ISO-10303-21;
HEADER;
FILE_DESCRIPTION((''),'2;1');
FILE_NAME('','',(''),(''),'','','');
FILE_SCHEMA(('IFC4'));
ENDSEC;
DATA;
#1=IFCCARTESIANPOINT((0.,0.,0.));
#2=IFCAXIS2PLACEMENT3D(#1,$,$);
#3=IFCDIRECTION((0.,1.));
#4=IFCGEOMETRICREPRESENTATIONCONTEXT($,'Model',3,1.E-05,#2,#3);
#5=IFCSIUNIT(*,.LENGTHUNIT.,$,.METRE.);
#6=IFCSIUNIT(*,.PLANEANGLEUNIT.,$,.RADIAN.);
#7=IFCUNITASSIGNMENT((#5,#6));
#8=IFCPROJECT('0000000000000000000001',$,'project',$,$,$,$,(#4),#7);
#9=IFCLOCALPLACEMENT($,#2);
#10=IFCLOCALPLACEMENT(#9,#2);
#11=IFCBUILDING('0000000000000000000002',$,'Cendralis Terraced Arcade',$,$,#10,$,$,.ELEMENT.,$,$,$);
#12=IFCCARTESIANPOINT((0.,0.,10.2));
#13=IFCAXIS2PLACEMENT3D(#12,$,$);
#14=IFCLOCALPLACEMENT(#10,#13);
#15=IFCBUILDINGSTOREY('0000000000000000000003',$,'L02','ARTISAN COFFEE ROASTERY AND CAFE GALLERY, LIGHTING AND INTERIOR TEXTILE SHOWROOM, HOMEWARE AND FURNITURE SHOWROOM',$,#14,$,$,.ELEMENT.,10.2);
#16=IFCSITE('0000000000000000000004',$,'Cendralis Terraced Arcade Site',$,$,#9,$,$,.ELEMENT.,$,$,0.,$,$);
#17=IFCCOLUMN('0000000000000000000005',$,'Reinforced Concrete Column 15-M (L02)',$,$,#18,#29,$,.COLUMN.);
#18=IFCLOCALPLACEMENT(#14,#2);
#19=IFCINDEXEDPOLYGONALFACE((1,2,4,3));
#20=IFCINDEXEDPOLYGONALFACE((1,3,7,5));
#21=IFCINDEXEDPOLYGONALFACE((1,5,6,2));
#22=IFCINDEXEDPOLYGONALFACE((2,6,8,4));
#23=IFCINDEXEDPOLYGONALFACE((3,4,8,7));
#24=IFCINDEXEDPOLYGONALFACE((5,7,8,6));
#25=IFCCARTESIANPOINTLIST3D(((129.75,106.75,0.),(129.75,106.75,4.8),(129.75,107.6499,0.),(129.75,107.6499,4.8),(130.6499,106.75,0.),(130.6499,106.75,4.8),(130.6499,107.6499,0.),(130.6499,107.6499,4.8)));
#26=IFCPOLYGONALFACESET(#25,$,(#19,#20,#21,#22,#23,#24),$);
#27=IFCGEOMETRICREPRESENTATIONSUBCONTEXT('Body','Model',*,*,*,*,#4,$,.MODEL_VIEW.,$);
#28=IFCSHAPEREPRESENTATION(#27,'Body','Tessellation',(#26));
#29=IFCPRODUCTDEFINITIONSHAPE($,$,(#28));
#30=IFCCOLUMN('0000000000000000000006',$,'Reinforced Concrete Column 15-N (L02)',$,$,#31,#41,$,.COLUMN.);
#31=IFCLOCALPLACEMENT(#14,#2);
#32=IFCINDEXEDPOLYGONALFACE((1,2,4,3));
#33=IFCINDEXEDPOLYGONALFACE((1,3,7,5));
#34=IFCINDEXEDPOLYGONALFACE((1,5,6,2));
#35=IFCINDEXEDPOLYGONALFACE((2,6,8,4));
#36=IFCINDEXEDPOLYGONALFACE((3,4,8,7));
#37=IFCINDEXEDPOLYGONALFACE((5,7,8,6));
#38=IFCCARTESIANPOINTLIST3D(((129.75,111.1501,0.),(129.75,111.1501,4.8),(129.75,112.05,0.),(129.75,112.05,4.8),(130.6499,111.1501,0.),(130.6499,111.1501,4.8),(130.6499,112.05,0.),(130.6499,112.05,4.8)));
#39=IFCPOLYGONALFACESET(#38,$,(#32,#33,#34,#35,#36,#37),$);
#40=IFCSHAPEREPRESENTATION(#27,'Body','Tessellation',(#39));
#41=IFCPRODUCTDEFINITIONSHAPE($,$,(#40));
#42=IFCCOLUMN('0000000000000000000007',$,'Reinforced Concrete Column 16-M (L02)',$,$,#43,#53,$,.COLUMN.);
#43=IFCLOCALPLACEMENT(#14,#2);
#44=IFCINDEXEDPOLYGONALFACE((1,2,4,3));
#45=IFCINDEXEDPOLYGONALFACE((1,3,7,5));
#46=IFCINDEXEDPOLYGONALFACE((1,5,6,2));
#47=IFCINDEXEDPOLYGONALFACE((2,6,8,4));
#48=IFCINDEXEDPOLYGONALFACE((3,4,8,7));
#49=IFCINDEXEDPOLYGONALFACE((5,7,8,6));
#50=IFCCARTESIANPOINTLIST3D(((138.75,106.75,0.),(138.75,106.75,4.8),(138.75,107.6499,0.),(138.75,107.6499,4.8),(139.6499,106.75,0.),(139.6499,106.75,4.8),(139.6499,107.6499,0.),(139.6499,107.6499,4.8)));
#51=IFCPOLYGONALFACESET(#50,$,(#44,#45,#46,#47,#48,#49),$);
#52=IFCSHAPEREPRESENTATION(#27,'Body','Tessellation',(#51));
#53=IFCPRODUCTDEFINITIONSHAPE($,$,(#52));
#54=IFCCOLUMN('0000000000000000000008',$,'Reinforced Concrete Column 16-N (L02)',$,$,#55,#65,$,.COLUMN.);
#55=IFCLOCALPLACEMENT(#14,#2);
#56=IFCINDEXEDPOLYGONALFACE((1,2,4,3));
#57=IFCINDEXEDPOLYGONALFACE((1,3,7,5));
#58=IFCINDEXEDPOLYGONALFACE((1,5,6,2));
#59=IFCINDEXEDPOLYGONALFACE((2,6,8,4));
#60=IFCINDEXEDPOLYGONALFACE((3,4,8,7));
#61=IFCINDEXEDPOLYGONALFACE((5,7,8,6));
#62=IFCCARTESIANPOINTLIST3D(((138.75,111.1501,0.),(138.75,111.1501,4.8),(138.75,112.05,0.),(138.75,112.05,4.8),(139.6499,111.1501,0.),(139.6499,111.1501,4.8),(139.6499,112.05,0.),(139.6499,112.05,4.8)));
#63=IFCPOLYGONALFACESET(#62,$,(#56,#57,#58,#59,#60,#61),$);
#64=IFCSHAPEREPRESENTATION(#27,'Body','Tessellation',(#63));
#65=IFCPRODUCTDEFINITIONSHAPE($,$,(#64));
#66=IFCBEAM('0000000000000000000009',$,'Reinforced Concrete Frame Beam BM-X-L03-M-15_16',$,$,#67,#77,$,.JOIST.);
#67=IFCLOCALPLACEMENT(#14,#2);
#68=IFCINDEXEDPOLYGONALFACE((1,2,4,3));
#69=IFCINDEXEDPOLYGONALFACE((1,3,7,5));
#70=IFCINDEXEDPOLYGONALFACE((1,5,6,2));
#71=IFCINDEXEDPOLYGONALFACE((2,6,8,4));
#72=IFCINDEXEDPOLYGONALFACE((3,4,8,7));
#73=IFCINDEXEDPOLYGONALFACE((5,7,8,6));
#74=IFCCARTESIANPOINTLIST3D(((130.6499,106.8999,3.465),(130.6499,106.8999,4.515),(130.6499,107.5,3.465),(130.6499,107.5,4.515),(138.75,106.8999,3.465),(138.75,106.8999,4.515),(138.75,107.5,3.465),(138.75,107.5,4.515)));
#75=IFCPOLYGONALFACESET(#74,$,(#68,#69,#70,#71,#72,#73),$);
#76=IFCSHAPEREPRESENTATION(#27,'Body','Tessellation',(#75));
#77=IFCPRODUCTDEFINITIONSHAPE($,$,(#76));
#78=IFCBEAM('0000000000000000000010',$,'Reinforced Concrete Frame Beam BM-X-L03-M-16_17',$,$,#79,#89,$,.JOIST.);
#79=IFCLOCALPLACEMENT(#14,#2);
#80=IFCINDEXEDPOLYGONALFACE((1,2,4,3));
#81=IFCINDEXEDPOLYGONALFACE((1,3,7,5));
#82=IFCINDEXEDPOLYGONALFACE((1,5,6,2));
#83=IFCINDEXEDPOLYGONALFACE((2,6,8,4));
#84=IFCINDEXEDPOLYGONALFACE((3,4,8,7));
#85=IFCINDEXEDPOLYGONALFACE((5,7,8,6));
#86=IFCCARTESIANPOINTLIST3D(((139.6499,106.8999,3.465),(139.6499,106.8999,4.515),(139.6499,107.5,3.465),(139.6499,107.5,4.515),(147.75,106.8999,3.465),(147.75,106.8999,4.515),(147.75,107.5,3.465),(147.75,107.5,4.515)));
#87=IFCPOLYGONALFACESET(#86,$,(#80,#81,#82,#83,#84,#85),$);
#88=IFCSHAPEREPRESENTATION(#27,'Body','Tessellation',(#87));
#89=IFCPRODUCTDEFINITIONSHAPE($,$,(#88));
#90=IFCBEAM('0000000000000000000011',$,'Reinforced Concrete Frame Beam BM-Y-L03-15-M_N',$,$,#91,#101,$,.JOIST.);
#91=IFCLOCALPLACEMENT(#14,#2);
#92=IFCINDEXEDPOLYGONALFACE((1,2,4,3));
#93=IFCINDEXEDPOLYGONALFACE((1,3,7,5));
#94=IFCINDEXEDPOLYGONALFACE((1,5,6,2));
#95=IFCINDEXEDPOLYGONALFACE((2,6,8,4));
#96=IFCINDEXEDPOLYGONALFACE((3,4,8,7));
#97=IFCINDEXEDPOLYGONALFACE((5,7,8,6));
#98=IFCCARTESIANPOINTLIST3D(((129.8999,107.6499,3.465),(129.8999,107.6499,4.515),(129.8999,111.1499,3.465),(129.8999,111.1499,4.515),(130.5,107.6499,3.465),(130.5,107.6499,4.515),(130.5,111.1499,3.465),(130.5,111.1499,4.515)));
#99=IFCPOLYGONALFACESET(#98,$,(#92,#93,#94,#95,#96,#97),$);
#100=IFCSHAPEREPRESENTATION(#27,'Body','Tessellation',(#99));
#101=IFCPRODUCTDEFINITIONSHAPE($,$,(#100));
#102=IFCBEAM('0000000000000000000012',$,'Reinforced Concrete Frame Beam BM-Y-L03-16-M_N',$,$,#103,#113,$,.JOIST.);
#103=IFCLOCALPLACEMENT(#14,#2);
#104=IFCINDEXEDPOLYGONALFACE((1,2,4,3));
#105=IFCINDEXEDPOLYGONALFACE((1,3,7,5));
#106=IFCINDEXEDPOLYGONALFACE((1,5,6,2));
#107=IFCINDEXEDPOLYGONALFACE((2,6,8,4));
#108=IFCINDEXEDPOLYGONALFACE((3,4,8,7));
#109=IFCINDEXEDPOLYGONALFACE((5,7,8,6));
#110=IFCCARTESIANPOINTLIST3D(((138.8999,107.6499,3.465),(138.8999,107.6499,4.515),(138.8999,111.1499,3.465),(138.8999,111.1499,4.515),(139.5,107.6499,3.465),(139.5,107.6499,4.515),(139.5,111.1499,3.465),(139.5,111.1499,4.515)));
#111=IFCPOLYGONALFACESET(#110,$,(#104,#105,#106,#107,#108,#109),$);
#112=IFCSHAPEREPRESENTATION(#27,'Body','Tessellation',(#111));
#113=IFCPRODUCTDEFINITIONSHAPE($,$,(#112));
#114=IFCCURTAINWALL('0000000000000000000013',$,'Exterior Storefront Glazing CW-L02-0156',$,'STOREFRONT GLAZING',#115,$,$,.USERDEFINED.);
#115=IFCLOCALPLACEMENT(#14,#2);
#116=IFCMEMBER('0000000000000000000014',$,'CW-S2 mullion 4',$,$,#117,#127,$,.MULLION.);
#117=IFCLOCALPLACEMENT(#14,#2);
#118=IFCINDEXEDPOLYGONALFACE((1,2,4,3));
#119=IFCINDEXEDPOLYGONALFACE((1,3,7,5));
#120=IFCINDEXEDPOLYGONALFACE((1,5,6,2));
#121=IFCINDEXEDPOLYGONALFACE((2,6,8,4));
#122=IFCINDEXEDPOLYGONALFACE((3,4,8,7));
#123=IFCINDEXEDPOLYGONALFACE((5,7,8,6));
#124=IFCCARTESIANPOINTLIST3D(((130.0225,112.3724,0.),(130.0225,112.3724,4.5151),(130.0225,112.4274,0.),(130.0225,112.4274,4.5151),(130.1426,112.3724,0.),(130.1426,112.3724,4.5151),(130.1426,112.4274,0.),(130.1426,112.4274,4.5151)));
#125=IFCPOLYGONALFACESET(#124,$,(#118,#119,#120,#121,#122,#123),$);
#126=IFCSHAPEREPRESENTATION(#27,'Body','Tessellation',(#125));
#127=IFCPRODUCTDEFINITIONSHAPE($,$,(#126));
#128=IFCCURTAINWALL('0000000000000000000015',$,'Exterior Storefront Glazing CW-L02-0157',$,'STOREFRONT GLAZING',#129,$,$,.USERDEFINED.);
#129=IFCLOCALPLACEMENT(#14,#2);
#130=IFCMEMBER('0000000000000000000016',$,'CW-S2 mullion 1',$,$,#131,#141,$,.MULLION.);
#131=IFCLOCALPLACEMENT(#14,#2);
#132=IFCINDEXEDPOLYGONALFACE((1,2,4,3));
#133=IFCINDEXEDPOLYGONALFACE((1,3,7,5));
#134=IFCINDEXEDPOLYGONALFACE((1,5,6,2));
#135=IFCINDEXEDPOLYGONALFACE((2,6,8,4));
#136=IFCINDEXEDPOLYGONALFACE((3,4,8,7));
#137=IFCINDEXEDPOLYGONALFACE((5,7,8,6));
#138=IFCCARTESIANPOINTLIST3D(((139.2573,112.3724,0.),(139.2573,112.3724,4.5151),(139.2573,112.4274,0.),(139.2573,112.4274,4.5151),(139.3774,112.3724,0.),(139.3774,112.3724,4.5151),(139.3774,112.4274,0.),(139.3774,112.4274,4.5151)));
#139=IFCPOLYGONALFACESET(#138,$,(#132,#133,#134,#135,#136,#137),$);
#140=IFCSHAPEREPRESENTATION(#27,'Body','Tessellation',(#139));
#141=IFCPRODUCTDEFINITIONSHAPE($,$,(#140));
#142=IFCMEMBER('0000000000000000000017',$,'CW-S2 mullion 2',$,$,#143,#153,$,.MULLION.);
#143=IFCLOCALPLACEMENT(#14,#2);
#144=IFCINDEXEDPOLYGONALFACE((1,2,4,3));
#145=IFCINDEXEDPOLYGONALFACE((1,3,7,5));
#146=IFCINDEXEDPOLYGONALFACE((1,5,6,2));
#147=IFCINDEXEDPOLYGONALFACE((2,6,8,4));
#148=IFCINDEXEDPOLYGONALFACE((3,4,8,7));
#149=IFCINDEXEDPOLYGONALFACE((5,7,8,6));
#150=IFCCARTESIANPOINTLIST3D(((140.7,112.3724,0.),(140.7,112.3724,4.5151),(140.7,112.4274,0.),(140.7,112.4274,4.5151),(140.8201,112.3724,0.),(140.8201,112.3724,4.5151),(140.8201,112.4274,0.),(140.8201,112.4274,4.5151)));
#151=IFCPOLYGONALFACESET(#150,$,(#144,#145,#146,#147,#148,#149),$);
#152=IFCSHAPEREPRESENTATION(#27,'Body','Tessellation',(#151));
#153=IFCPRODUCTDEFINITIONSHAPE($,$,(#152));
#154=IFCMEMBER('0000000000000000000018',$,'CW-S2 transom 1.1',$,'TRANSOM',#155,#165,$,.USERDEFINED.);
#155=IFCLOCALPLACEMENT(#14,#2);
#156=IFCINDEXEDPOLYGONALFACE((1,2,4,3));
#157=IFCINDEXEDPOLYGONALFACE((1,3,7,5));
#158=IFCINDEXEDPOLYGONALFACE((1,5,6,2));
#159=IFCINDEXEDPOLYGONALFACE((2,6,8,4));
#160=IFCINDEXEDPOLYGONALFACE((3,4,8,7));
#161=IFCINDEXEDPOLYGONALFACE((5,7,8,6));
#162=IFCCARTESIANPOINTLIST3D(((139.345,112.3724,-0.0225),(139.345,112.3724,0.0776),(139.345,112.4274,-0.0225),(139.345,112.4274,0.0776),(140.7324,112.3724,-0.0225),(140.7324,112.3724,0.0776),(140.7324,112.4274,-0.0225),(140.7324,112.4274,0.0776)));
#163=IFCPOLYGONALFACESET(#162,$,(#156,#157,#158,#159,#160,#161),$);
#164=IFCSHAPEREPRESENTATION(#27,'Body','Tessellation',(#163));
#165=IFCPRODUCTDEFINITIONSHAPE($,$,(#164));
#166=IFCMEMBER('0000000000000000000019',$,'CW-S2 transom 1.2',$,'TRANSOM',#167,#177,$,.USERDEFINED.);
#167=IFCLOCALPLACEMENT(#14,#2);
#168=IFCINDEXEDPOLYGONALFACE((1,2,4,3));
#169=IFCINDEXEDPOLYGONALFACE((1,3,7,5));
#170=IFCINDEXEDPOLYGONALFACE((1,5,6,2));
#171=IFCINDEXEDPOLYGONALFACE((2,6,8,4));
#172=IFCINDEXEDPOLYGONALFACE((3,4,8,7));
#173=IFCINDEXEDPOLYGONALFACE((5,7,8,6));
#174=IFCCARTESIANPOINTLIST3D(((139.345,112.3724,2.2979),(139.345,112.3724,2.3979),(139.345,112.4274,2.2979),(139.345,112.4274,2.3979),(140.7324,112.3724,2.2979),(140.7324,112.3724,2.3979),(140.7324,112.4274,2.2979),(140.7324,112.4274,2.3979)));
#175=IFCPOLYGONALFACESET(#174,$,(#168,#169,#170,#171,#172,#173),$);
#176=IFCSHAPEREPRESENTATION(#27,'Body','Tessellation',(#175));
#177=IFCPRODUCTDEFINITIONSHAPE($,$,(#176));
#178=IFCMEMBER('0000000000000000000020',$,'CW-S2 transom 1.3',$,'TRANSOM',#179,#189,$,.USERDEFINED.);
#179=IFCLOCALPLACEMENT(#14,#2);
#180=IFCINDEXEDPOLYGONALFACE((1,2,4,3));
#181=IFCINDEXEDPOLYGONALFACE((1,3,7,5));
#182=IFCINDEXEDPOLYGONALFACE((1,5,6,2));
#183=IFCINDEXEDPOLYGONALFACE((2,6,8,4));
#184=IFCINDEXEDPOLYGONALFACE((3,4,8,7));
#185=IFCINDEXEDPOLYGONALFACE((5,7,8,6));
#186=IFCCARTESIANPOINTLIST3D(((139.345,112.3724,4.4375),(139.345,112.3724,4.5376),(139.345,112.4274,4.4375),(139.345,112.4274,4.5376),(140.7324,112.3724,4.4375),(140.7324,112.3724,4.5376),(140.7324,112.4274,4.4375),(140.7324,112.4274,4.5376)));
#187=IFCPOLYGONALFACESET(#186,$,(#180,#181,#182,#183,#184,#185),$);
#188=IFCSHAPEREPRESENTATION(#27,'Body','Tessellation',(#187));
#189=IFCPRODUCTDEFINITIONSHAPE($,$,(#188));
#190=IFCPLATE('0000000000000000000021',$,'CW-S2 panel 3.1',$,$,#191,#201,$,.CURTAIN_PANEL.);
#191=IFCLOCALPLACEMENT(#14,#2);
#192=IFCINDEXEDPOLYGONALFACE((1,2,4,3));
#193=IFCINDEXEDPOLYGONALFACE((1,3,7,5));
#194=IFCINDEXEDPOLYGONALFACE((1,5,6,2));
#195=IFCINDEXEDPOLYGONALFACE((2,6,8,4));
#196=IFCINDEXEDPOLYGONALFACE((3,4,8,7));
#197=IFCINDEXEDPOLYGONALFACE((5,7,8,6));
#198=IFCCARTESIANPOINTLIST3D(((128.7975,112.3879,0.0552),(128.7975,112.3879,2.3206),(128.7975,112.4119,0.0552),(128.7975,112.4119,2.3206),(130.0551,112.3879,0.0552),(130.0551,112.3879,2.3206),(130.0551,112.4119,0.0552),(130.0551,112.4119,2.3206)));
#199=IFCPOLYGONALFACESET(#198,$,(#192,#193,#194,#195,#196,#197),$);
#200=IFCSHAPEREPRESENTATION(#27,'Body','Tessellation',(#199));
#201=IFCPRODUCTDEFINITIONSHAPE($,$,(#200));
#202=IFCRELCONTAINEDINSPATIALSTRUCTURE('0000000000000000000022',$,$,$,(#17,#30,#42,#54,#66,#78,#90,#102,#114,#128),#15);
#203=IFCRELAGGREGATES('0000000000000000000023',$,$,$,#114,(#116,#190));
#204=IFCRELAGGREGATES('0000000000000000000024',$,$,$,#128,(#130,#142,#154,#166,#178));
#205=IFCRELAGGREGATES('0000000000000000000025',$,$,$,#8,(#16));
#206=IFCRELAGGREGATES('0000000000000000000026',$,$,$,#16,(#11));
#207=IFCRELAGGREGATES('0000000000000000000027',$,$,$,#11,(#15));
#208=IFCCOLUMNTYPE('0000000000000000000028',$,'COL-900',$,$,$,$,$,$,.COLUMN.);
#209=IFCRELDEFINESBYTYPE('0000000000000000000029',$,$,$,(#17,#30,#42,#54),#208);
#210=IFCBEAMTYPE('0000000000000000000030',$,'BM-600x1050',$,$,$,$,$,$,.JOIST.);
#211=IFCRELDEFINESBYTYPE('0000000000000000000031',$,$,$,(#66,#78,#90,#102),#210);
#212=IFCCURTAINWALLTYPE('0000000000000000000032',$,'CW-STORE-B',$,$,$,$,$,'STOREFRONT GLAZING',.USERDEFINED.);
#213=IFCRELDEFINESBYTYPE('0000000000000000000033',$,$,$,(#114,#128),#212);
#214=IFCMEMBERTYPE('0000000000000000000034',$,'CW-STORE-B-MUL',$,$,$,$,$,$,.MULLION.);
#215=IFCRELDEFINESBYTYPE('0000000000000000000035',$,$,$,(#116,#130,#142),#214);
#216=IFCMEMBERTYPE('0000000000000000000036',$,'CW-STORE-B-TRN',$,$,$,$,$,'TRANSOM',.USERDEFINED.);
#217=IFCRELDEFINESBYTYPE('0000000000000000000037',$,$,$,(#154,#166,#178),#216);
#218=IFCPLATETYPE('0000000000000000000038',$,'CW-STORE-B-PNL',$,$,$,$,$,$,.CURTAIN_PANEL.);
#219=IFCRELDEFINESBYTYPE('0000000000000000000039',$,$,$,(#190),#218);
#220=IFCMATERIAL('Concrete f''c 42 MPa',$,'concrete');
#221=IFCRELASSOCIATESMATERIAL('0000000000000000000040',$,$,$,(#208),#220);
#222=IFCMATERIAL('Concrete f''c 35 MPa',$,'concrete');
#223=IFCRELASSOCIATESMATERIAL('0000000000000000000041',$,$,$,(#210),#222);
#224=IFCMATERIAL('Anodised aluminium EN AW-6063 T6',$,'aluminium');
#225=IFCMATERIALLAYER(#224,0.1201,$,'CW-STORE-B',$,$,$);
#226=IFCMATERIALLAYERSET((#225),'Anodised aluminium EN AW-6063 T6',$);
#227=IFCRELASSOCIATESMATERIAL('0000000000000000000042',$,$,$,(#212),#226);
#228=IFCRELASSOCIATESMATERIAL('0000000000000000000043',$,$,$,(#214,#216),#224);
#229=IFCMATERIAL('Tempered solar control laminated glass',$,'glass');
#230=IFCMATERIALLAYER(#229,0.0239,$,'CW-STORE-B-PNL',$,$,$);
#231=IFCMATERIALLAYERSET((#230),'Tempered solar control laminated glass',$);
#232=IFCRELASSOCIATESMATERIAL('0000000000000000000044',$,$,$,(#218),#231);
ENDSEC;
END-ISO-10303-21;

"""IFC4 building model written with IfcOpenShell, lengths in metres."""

from ifc_helpers import new_model, si_unit, direction, frame, origin, origin_2d, place, context, subcontext, project, spatial, rectangle, extrude, material, layer, layer_set, material_profile, profile_set, type_object, element, aggregate, save


model = new_model("IFC4")

# Units and contexts
model_context = context("Model", 3, precision=1e-05, world=origin(), true_north=direction((0.0, 1.0)))
body_context = subcontext(model_context, "Body", "Model", "MODEL_VIEW")
ifc_project = project(units=[si_unit("LENGTHUNIT", "METRE"), si_unit("PLANEANGLEUNIT", "RADIAN")], contexts=[model_context])

# Site, building, storey
site_placement = place(None, origin())
site = spatial("IfcSite", under=ifc_project, at=site_placement, Name="Cendralis Terraced Arcade Site", CompositionType="ELEMENT", RefElevation=0.0)
building_placement = place(site_placement, origin())
building = spatial("IfcBuilding", under=site, at=building_placement, Name="Cendralis Terraced Arcade", CompositionType="ELEMENT")
storey_placement = place(building_placement, frame((0.0, 0.0, 10.2)))
storey = spatial("IfcBuildingStorey", under=building, at=storey_placement, Name="L02", Description="ARTISAN COFFEE ROASTERY AND CAFE GALLERY, LIGHTING AND INTERIOR TEXTILE SHOWROOM, HOMEWARE AND FURNITURE SHOWROOM", CompositionType="ELEMENT", Elevation=10.2)

# Columns
ifc_material_1 = material(Name="Concrete f'c 42 MPa", Category="concrete")
ifc_material_profile_1 = material_profile(ifc_material_1, rectangle(XDim=0.8999, YDim=0.8999, at=origin_2d()), Name="RC-COL-900x900", Category="LoadBearing")
ifc_profile_set_1 = profile_set([ifc_material_profile_1], Name="Concrete f'c 42 MPa")
column_type = type_object("IfcColumnType", Name="COL-900", PredefinedType="COLUMN", material=ifc_profile_set_1)
for number, where, z_axis, x_axis, name in (
    (1, (130.2, 107.2, 0.0), (0.0, 0.0, 1.0), (1.0, 0.0, 0.0), "Reinforced Concrete Column 15-M (L02)"),
    (2, (130.2, 111.6001, 0.0), (0.0, 0.0, 1.0), (1.0, 0.0, 0.0), "Reinforced Concrete Column 15-N (L02)"),
    (3, (139.2, 107.2, 0.0), (0.0, 0.0, 1.0), (1.0, 0.0, 0.0), "Reinforced Concrete Column 16-M (L02)"),
    (4, (139.2, 111.6001, 0.0), (0.0, 0.0, 1.0), (1.0, 0.0, 0.0), "Reinforced Concrete Column 16-N (L02)"),
):
    element("IfcColumn", number, at=place(storey_placement, frame(where, z_axis=z_axis, x_axis=x_axis)), inside=storey, type_object=column_type, Name=name, PredefinedType="COLUMN", context=body_context, shape_type="SweptSolid", body=[
        extrude(rectangle(XDim=0.8999, YDim=0.8999, at=origin_2d()), origin(), (0.0, 0.0, 1.0), 4.8),
    ])

# Beams
ifc_material_2 = material(Name="Concrete f'c 35 MPa", Category="concrete")
ifc_material_profile_2 = material_profile(ifc_material_2, rectangle(XDim=0.6001, YDim=1.05, at=origin_2d()), Name="RC-BM-600x1050", Category="LoadBearing")
ifc_profile_set_2 = profile_set([ifc_material_profile_2], Name="Concrete f'c 35 MPa")
beam_type = type_object("IfcBeamType", Name="BM-600x1050", PredefinedType="JOIST", material=ifc_profile_set_2)
for number, where, z_axis, x_axis, name in (
    (5, (130.6499, 107.2, 3.99), (1.0, 0.0, 0.0), (0.0, 1.0, 0.0), "Reinforced Concrete Frame Beam BM-X-L03-M-15_16"),
    (6, (139.6499, 107.2, 3.99), (1.0, 0.0, 0.0), (0.0, 1.0, 0.0), "Reinforced Concrete Frame Beam BM-X-L03-M-16_17"),
):
    element("IfcBeam", number, at=place(storey_placement, frame(where, z_axis=z_axis, x_axis=x_axis)), inside=storey, type_object=beam_type, Name=name, PredefinedType="JOIST", context=body_context, shape_type="SweptSolid", body=[
        extrude(rectangle(XDim=0.6001, YDim=1.05, at=origin_2d()), origin(), (0.0, 0.0, 1.0), 8.1001),
    ])
for number, where, z_axis, x_axis, name in (
    (7, (130.2, 107.6499, 3.99), (0.0, 1.0, 0.0), (-1.0, 0.0, 0.0), "Reinforced Concrete Frame Beam BM-Y-L03-15-M_N"),
    (8, (139.2, 107.6499, 3.99), (0.0, 1.0, 0.0), (-1.0, 0.0, 0.0), "Reinforced Concrete Frame Beam BM-Y-L03-16-M_N"),
):
    element("IfcBeam", number, at=place(storey_placement, frame(where, z_axis=z_axis, x_axis=x_axis)), inside=storey, type_object=beam_type, Name=name, PredefinedType="JOIST", context=body_context, shape_type="SweptSolid", body=[
        extrude(rectangle(XDim=0.6001, YDim=1.05, at=origin_2d()), origin(), (0.0, 0.0, 1.0), 3.5),
    ])

# Curtain wall, member
ifc_material_3 = material(Name="Anodised aluminium EN AW-6063 T6", Category="aluminium")
ifc_layer_1 = layer(ifc_material_3, 0.1201, Name="CW-STORE-B")
ifc_layer_set_1 = layer_set([ifc_layer_1], Name="Anodised aluminium EN AW-6063 T6")
curtain_wall_type = type_object("IfcCurtainWallType", Name="CW-STORE-B", ElementType="STOREFRONT GLAZING", PredefinedType="USERDEFINED", material=ifc_layer_set_1)
curtain_wall_1_placement = place(storey_placement, origin())
curtain_wall_1 = element("IfcCurtainWall", 9, at=curtain_wall_1_placement, inside=storey, type_object=curtain_wall_type, Name="Exterior Storefront Glazing CW-L02-0156", ObjectType="STOREFRONT GLAZING", PredefinedType="USERDEFINED")
ifc_material_profile_3 = material_profile(ifc_material_3, rectangle(XDim=0.0549, YDim=0.1201, at=origin_2d()), Name="ALU-MUL-55x120")
ifc_profile_set_3 = profile_set([ifc_material_profile_3], Name="Anodised aluminium EN AW-6063 T6")
member_type_1 = type_object("IfcMemberType", Name="CW-STORE-B-MUL", PredefinedType="MULLION", material=ifc_profile_set_3)
member_1_placement = place(storey_placement, frame((130.0825, 112.3999, 0.0), z_axis=(0.0, 0.0, 1.0), x_axis=(0.0, 1.0, 0.0)))
member_1 = element("IfcMember", 10, at=member_1_placement, type_object=member_type_1, Name="CW-S2 mullion 4", PredefinedType="MULLION", context=body_context, shape_type="SweptSolid", body=[
    extrude(rectangle(XDim=0.0549, YDim=0.1201, at=origin_2d()), origin(), (0.0, 0.0, 1.0), 4.5151),
])

# Curtain wall, members
curtain_wall_2_placement = place(storey_placement, origin())
curtain_wall_2 = element("IfcCurtainWall", 11, at=curtain_wall_2_placement, inside=storey, type_object=curtain_wall_type, Name="Exterior Storefront Glazing CW-L02-0157", ObjectType="STOREFRONT GLAZING", PredefinedType="USERDEFINED")
member_2_placement = place(storey_placement, frame((139.3174, 112.3999, 0.0), z_axis=(0.0, 0.0, 1.0), x_axis=(0.0, 1.0, 0.0)))
member_2 = element("IfcMember", 12, at=member_2_placement, type_object=member_type_1, Name="CW-S2 mullion 1", PredefinedType="MULLION", context=body_context, shape_type="SweptSolid", body=[
    extrude(rectangle(XDim=0.0549, YDim=0.1201, at=origin_2d()), origin(), (0.0, 0.0, 1.0), 4.5151),
])
member_3_placement = place(storey_placement, frame((140.76, 112.3999, 0.0), z_axis=(0.0, 0.0, 1.0), x_axis=(0.0, 1.0, 0.0)))
member_3 = element("IfcMember", 13, at=member_3_placement, type_object=member_type_1, Name="CW-S2 mullion 2", PredefinedType="MULLION", context=body_context, shape_type="SweptSolid", body=[
    extrude(rectangle(XDim=0.0549, YDim=0.1201, at=origin_2d()), origin(), (0.0, 0.0, 1.0), 4.5151),
])
ifc_material_profile_4 = material_profile(ifc_material_3, rectangle(XDim=0.0549, YDim=0.1001, at=origin_2d()), Name="ALU-TRN-55x100")
ifc_profile_set_4 = profile_set([ifc_material_profile_4], Name="Anodised aluminium EN AW-6063 T6")
member_type_2 = type_object("IfcMemberType", Name="CW-STORE-B-TRN", ElementType="TRANSOM", PredefinedType="USERDEFINED", material=ifc_profile_set_4)
member_4_placement = place(storey_placement, frame((139.345, 112.3999, 0.0276), z_axis=(1.0, 0.0, 0.0), x_axis=(0.0, 1.0, 0.0)))
member_4 = element("IfcMember", 14, at=member_4_placement, type_object=member_type_2, Name="CW-S2 transom 1.1", ObjectType="TRANSOM", PredefinedType="USERDEFINED", context=body_context, shape_type="SweptSolid", body=[
    extrude(rectangle(XDim=0.0549, YDim=0.1001, at=origin_2d()), origin(), (0.0, 0.0, 1.0), 1.3875),
])
member_5_placement = place(storey_placement, frame((139.345, 112.3999, 2.3479), z_axis=(1.0, 0.0, 0.0), x_axis=(0.0, 1.0, 0.0)))
member_5 = element("IfcMember", 15, at=member_5_placement, type_object=member_type_2, Name="CW-S2 transom 1.2", ObjectType="TRANSOM", PredefinedType="USERDEFINED", context=body_context, shape_type="SweptSolid", body=[
    extrude(rectangle(XDim=0.0549, YDim=0.1001, at=origin_2d()), origin(), (0.0, 0.0, 1.0), 1.3875),
])
member_6_placement = place(storey_placement, frame((139.345, 112.3999, 4.4875), z_axis=(1.0, 0.0, 0.0), x_axis=(0.0, 1.0, 0.0)))
member_6 = element("IfcMember", 16, at=member_6_placement, type_object=member_type_2, Name="CW-S2 transom 1.3", ObjectType="TRANSOM", PredefinedType="USERDEFINED", context=body_context, shape_type="SweptSolid", body=[
    extrude(rectangle(XDim=0.0549, YDim=0.1001, at=origin_2d()), origin(), (0.0, 0.0, 1.0), 1.3875),
])

# Plate
ifc_material_4 = material(Name="Tempered solar control laminated glass", Category="glass")
ifc_layer_2 = layer(ifc_material_4, 0.0239, Name="CW-STORE-B-PNL")
ifc_layer_set_2 = layer_set([ifc_layer_2], Name="Tempered solar control laminated glass")
plate_type = type_object("IfcPlateType", Name="CW-STORE-B-PNL", PredefinedType="CURTAIN_PANEL", material=ifc_layer_set_2)
plate_1_placement = place(storey_placement, frame((129.4263, 112.3999, 0.0552), z_axis=(0.0, 0.0, 1.0), x_axis=(1.0, 0.0, 0.0)))
plate_1 = element("IfcPlate", 17, at=plate_1_placement, type_object=plate_type, Name="CW-S2 panel 3.1", PredefinedType="CURTAIN_PANEL", context=body_context, shape_type="SweptSolid", body=[
    extrude(rectangle(XDim=1.2576, YDim=0.0239, at=origin_2d()), origin(), (0.0, 0.0, 1.0), 2.2654),
])
aggregate(curtain_wall_1, [member_1, plate_1])
aggregate(curtain_wall_2, [member_2, member_3, member_4, member_5, member_6])

save(model, "model.ifc")
